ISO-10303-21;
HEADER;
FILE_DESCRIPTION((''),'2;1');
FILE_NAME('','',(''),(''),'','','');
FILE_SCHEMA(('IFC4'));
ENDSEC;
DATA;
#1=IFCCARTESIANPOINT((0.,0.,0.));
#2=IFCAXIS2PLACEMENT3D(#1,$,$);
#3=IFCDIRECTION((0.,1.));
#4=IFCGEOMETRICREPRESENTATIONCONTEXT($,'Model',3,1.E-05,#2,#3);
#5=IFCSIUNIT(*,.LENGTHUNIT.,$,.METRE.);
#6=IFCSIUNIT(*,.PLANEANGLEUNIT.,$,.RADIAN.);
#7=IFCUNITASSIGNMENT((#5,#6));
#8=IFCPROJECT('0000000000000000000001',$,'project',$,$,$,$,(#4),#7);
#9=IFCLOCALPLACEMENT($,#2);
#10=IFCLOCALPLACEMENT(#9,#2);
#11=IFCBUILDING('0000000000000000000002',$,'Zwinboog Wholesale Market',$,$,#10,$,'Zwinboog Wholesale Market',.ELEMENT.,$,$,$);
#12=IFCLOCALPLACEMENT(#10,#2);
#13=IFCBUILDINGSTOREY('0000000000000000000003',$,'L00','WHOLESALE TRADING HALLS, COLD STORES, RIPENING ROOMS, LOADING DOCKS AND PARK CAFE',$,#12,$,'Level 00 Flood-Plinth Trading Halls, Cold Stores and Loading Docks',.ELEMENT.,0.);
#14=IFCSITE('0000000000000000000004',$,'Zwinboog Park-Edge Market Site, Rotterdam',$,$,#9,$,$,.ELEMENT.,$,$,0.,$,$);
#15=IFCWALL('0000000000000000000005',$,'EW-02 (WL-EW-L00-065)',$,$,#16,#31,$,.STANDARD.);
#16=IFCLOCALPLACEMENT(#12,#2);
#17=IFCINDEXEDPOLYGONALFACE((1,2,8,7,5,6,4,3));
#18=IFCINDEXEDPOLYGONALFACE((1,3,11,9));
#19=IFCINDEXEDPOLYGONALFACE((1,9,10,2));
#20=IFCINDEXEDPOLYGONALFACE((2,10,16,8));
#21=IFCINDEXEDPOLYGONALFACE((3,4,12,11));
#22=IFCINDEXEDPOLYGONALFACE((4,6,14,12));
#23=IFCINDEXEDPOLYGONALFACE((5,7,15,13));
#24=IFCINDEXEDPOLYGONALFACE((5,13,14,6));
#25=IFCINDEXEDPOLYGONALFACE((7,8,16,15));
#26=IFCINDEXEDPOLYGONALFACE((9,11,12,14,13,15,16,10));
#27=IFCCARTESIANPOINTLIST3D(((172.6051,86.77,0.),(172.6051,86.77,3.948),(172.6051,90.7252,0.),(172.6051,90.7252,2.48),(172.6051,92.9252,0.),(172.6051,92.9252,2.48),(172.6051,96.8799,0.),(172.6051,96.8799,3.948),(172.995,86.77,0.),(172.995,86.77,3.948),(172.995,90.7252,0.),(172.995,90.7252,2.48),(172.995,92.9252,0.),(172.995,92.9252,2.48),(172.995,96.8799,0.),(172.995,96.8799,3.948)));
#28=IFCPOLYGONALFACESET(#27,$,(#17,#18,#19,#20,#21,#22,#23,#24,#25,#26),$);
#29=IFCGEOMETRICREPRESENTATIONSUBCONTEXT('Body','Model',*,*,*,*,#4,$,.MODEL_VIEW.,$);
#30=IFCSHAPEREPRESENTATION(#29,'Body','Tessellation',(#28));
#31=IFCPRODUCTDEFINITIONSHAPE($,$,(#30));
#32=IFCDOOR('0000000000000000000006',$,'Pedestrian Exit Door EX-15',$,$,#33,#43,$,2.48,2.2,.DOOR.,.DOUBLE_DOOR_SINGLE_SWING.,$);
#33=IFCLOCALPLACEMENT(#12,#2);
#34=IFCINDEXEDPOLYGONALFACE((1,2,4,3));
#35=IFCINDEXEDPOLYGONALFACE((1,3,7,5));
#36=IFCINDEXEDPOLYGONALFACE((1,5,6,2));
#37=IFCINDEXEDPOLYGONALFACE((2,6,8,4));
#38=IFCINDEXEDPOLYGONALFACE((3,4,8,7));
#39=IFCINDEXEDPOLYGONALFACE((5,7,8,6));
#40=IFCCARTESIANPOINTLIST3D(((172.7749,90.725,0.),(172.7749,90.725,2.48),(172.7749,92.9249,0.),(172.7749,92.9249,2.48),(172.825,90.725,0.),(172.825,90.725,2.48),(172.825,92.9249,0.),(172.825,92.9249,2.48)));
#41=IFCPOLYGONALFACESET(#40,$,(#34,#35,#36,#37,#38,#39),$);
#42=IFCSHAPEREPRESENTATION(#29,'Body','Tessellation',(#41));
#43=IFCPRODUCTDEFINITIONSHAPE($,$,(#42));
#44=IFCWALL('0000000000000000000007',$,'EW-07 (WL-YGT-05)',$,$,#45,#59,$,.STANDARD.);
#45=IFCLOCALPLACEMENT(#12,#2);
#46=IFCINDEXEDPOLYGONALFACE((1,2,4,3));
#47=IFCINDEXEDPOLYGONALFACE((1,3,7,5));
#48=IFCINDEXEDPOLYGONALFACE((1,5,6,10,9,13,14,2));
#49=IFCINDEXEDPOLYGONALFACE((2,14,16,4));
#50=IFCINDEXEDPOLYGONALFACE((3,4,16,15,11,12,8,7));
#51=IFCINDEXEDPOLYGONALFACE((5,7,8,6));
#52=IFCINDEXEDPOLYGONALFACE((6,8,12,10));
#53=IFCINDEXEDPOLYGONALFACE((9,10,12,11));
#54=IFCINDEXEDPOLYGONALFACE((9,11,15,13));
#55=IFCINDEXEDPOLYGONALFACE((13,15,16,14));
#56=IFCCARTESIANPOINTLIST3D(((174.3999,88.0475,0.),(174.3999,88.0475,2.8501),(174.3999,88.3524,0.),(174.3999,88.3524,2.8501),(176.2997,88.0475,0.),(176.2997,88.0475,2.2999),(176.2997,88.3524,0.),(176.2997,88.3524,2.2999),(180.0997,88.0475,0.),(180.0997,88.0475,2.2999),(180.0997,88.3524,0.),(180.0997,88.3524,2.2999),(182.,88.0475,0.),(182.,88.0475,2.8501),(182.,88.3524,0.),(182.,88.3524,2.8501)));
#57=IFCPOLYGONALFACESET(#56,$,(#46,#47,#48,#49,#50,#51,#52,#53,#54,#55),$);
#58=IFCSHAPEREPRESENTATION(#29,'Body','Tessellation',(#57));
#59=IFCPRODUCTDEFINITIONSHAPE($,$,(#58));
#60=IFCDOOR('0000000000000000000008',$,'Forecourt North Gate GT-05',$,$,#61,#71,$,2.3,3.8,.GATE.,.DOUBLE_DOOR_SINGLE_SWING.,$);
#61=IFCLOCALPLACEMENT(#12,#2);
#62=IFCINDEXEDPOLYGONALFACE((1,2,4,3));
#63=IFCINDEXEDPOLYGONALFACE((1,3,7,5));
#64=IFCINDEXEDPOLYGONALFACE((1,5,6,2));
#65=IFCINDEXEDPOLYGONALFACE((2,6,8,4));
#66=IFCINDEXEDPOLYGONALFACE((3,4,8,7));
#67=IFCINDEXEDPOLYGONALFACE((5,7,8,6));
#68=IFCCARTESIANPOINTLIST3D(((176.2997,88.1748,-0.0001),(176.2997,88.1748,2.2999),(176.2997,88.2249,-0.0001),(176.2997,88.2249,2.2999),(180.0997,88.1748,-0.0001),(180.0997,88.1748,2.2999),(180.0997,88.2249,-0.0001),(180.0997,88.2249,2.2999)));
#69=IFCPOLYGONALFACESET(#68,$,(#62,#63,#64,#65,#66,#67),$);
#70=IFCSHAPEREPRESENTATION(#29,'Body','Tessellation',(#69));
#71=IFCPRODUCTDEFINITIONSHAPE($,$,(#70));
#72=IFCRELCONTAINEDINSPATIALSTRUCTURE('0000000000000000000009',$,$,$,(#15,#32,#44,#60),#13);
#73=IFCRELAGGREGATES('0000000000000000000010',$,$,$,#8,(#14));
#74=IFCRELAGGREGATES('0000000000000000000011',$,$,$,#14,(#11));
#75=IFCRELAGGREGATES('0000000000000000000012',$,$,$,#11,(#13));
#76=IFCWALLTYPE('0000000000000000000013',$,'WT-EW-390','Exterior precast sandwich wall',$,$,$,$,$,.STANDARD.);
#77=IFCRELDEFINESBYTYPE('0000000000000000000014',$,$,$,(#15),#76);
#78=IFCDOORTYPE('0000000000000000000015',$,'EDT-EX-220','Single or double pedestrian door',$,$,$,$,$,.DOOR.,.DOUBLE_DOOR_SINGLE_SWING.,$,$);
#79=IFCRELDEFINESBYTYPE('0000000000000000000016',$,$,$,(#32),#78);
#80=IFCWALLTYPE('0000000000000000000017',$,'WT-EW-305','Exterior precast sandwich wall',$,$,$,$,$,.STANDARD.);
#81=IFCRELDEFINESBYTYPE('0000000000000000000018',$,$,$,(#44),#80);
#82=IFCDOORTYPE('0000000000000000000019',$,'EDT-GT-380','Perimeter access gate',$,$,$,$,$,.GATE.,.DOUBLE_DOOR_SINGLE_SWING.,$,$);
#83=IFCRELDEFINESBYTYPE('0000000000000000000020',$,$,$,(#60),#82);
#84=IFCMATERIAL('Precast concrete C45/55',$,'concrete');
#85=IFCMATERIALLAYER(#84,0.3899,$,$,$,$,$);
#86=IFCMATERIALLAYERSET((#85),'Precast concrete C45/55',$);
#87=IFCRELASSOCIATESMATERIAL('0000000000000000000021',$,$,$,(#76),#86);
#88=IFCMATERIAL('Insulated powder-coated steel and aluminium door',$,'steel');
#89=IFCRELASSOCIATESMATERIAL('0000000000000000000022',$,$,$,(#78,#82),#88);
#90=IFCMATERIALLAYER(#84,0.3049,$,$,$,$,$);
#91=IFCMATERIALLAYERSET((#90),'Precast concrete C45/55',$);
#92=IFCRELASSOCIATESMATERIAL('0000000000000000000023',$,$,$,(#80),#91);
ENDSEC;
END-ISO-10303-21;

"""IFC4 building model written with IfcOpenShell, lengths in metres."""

from ifc_helpers import new_model, si_unit, direction, frame, frame_2d, origin, place, context, subcontext, project, spatial, rectangle, extrude, material, layer, layer_set, type_object, element, fill, save


model = new_model("IFC4")

# Units and contexts
model_context = context("Model", 3, precision=1e-05, world=origin(), true_north=direction((0.0, 1.0)))
body_context = subcontext(model_context, "Body", "Model", "MODEL_VIEW")
ifc_project = project(units=[si_unit("LENGTHUNIT", "METRE"), si_unit("PLANEANGLEUNIT", "RADIAN")], contexts=[model_context])

# Site, building, storey
site_placement = place(None, origin())
site = spatial("IfcSite", under=ifc_project, at=site_placement, Name="Zwinboog Park-Edge Market Site, Rotterdam", CompositionType="ELEMENT", RefElevation=0.0)
building_placement = place(site_placement, origin())
building = spatial("IfcBuilding", under=site, at=building_placement, Name="Zwinboog Wholesale Market", LongName="Zwinboog Wholesale Market", CompositionType="ELEMENT")
storey_placement = place(building_placement, origin())
storey = spatial("IfcBuildingStorey", under=building, at=storey_placement, Name="L00", Description="WHOLESALE TRADING HALLS, COLD STORES, RIPENING ROOMS, LOADING DOCKS AND PARK CAFE", LongName="Level 00 Flood-Plinth Trading Halls, Cold Stores and Loading Docks", CompositionType="ELEMENT", Elevation=0.0)

# Shared definitions
ifc_material_1 = material(Name="Precast concrete C45/55", Category="concrete")

# Walls, openings, doors
ifc_layer_1 = layer(ifc_material_1, 0.3899)
ifc_layer_set_1 = layer_set([ifc_layer_1], Name="Precast concrete C45/55")
wall_type_1 = type_object("IfcWallType", Name="WT-EW-390", Description="Exterior precast sandwich wall", PredefinedType="STANDARD", material=ifc_layer_set_1)
wall_1_placement = place(storey_placement, frame((172.8, 86.77, 0.0), z_axis=(0.0, 0.0, 1.0), x_axis=(0.0, 1.0, 0.0)))
wall_1 = element("IfcWall", 1, at=wall_1_placement, inside=storey, type_object=wall_type_1, Name="EW-02 (WL-EW-L00-065)", PredefinedType="STANDARD", context=body_context, shape_type="SweptSolid", body=[
    extrude(rectangle(XDim=10.1099, YDim=0.3899, at=frame_2d((5.0549, 0.0))), origin(), (0.0, 0.0, 1.0), 3.948),
])
opening_1_placement = place(wall_1_placement, frame((3.9551, 0.0, 0.0)))
opening_1 = element("IfcOpeningElement", 2, at=opening_1_placement, cuts=wall_1, PredefinedType="OPENING", context=body_context, shape_type="SweptSolid", body=[
    extrude(rectangle(XDim=2.2, YDim=2.48, at=frame_2d((1.1001, 1.24))), frame((0.0, 0.2048, 0.0), z_axis=(0.0, -1.0, 0.0), x_axis=(1.0, 0.0, 0.0)), (0.0, 0.0, 1.0), 0.4099),
])
ifc_material_2 = material(Name="Insulated powder-coated steel and aluminium door", Category="steel")
door_type_1 = type_object("IfcDoorType", Name="EDT-EX-220", Description="Single or double pedestrian door", OperationType="DOUBLE_DOOR_SINGLE_SWING", PredefinedType="DOOR", material=ifc_material_2)
door_1_placement = place(opening_1_placement, frame((2.2, 0.0, 0.0), z_axis=(0.0, 0.0, 1.0), x_axis=(-1.0, 0.0, 0.0)))
door_1 = element("IfcDoor", 3, at=door_1_placement, inside=storey, type_object=door_type_1, Name="Pedestrian Exit Door EX-15", OperationType="DOUBLE_DOOR_SINGLE_SWING", OverallHeight=2.48, OverallWidth=2.2, PredefinedType="DOOR", context=body_context, shape_type="SweptSolid", body=[
    extrude(rectangle(XDim=2.2, YDim=2.48, at=frame_2d((1.1001, 1.24))), frame((0.0, 0.0249, 0.0), z_axis=(0.0, -1.0, 0.0), x_axis=(1.0, 0.0, 0.0)), (0.0, 0.0, 1.0), 0.05),
])
fill(opening_1, door_1)
ifc_layer_2 = layer(ifc_material_1, 0.3049)
ifc_layer_set_2 = layer_set([ifc_layer_2], Name="Precast concrete C45/55")
wall_type_2 = type_object("IfcWallType", Name="WT-EW-305", Description="Exterior precast sandwich wall", PredefinedType="STANDARD", material=ifc_layer_set_2)
wall_2_placement = place(storey_placement, frame((174.3999, 88.2, 0.0), z_axis=(0.0, 0.0, 1.0), x_axis=(1.0, 0.0, 0.0)))
wall_2 = element("IfcWall", 4, at=wall_2_placement, inside=storey, type_object=wall_type_2, Name="EW-07 (WL-YGT-05)", PredefinedType="STANDARD", context=body_context, shape_type="SweptSolid", body=[
    extrude(rectangle(XDim=7.6001, YDim=0.3049, at=frame_2d((3.8, 0.0))), origin(), (0.0, 0.0, 1.0), 2.8501),
])
opening_2_placement = place(wall_2_placement, frame((1.8999, 0.0, 0.0)))
opening_2 = element("IfcOpeningElement", 5, at=opening_2_placement, cuts=wall_2, PredefinedType="OPENING", context=body_context, shape_type="SweptSolid", body=[
    extrude(rectangle(XDim=3.8, YDim=2.3, at=frame_2d((1.8999, 1.1499))), frame((0.0, 0.1624, 0.0), z_axis=(0.0, -1.0, 0.0), x_axis=(1.0, 0.0, 0.0)), (0.0, 0.0, 1.0), 0.325),
])
door_type_2 = type_object("IfcDoorType", Name="EDT-GT-380", Description="Perimeter access gate", OperationType="DOUBLE_DOOR_SINGLE_SWING", PredefinedType="GATE", material=ifc_material_2)
door_2_placement = place(opening_2_placement, origin())
door_2 = element("IfcDoor", 6, at=door_2_placement, inside=storey, type_object=door_type_2, Name="Forecourt North Gate GT-05", OperationType="DOUBLE_DOOR_SINGLE_SWING", OverallHeight=2.3, OverallWidth=3.8, PredefinedType="GATE", context=body_context, shape_type="SweptSolid", body=[
    extrude(rectangle(XDim=3.8, YDim=2.3, at=frame_2d((1.8999, 1.1499))), frame((0.0, 0.0249, 0.0), z_axis=(0.0, -1.0, 0.0), x_axis=(1.0, 0.0, 0.0)), (0.0, 0.0, 1.0), 0.05),
])
fill(opening_2, door_2)

save(model, "model.ifc")
